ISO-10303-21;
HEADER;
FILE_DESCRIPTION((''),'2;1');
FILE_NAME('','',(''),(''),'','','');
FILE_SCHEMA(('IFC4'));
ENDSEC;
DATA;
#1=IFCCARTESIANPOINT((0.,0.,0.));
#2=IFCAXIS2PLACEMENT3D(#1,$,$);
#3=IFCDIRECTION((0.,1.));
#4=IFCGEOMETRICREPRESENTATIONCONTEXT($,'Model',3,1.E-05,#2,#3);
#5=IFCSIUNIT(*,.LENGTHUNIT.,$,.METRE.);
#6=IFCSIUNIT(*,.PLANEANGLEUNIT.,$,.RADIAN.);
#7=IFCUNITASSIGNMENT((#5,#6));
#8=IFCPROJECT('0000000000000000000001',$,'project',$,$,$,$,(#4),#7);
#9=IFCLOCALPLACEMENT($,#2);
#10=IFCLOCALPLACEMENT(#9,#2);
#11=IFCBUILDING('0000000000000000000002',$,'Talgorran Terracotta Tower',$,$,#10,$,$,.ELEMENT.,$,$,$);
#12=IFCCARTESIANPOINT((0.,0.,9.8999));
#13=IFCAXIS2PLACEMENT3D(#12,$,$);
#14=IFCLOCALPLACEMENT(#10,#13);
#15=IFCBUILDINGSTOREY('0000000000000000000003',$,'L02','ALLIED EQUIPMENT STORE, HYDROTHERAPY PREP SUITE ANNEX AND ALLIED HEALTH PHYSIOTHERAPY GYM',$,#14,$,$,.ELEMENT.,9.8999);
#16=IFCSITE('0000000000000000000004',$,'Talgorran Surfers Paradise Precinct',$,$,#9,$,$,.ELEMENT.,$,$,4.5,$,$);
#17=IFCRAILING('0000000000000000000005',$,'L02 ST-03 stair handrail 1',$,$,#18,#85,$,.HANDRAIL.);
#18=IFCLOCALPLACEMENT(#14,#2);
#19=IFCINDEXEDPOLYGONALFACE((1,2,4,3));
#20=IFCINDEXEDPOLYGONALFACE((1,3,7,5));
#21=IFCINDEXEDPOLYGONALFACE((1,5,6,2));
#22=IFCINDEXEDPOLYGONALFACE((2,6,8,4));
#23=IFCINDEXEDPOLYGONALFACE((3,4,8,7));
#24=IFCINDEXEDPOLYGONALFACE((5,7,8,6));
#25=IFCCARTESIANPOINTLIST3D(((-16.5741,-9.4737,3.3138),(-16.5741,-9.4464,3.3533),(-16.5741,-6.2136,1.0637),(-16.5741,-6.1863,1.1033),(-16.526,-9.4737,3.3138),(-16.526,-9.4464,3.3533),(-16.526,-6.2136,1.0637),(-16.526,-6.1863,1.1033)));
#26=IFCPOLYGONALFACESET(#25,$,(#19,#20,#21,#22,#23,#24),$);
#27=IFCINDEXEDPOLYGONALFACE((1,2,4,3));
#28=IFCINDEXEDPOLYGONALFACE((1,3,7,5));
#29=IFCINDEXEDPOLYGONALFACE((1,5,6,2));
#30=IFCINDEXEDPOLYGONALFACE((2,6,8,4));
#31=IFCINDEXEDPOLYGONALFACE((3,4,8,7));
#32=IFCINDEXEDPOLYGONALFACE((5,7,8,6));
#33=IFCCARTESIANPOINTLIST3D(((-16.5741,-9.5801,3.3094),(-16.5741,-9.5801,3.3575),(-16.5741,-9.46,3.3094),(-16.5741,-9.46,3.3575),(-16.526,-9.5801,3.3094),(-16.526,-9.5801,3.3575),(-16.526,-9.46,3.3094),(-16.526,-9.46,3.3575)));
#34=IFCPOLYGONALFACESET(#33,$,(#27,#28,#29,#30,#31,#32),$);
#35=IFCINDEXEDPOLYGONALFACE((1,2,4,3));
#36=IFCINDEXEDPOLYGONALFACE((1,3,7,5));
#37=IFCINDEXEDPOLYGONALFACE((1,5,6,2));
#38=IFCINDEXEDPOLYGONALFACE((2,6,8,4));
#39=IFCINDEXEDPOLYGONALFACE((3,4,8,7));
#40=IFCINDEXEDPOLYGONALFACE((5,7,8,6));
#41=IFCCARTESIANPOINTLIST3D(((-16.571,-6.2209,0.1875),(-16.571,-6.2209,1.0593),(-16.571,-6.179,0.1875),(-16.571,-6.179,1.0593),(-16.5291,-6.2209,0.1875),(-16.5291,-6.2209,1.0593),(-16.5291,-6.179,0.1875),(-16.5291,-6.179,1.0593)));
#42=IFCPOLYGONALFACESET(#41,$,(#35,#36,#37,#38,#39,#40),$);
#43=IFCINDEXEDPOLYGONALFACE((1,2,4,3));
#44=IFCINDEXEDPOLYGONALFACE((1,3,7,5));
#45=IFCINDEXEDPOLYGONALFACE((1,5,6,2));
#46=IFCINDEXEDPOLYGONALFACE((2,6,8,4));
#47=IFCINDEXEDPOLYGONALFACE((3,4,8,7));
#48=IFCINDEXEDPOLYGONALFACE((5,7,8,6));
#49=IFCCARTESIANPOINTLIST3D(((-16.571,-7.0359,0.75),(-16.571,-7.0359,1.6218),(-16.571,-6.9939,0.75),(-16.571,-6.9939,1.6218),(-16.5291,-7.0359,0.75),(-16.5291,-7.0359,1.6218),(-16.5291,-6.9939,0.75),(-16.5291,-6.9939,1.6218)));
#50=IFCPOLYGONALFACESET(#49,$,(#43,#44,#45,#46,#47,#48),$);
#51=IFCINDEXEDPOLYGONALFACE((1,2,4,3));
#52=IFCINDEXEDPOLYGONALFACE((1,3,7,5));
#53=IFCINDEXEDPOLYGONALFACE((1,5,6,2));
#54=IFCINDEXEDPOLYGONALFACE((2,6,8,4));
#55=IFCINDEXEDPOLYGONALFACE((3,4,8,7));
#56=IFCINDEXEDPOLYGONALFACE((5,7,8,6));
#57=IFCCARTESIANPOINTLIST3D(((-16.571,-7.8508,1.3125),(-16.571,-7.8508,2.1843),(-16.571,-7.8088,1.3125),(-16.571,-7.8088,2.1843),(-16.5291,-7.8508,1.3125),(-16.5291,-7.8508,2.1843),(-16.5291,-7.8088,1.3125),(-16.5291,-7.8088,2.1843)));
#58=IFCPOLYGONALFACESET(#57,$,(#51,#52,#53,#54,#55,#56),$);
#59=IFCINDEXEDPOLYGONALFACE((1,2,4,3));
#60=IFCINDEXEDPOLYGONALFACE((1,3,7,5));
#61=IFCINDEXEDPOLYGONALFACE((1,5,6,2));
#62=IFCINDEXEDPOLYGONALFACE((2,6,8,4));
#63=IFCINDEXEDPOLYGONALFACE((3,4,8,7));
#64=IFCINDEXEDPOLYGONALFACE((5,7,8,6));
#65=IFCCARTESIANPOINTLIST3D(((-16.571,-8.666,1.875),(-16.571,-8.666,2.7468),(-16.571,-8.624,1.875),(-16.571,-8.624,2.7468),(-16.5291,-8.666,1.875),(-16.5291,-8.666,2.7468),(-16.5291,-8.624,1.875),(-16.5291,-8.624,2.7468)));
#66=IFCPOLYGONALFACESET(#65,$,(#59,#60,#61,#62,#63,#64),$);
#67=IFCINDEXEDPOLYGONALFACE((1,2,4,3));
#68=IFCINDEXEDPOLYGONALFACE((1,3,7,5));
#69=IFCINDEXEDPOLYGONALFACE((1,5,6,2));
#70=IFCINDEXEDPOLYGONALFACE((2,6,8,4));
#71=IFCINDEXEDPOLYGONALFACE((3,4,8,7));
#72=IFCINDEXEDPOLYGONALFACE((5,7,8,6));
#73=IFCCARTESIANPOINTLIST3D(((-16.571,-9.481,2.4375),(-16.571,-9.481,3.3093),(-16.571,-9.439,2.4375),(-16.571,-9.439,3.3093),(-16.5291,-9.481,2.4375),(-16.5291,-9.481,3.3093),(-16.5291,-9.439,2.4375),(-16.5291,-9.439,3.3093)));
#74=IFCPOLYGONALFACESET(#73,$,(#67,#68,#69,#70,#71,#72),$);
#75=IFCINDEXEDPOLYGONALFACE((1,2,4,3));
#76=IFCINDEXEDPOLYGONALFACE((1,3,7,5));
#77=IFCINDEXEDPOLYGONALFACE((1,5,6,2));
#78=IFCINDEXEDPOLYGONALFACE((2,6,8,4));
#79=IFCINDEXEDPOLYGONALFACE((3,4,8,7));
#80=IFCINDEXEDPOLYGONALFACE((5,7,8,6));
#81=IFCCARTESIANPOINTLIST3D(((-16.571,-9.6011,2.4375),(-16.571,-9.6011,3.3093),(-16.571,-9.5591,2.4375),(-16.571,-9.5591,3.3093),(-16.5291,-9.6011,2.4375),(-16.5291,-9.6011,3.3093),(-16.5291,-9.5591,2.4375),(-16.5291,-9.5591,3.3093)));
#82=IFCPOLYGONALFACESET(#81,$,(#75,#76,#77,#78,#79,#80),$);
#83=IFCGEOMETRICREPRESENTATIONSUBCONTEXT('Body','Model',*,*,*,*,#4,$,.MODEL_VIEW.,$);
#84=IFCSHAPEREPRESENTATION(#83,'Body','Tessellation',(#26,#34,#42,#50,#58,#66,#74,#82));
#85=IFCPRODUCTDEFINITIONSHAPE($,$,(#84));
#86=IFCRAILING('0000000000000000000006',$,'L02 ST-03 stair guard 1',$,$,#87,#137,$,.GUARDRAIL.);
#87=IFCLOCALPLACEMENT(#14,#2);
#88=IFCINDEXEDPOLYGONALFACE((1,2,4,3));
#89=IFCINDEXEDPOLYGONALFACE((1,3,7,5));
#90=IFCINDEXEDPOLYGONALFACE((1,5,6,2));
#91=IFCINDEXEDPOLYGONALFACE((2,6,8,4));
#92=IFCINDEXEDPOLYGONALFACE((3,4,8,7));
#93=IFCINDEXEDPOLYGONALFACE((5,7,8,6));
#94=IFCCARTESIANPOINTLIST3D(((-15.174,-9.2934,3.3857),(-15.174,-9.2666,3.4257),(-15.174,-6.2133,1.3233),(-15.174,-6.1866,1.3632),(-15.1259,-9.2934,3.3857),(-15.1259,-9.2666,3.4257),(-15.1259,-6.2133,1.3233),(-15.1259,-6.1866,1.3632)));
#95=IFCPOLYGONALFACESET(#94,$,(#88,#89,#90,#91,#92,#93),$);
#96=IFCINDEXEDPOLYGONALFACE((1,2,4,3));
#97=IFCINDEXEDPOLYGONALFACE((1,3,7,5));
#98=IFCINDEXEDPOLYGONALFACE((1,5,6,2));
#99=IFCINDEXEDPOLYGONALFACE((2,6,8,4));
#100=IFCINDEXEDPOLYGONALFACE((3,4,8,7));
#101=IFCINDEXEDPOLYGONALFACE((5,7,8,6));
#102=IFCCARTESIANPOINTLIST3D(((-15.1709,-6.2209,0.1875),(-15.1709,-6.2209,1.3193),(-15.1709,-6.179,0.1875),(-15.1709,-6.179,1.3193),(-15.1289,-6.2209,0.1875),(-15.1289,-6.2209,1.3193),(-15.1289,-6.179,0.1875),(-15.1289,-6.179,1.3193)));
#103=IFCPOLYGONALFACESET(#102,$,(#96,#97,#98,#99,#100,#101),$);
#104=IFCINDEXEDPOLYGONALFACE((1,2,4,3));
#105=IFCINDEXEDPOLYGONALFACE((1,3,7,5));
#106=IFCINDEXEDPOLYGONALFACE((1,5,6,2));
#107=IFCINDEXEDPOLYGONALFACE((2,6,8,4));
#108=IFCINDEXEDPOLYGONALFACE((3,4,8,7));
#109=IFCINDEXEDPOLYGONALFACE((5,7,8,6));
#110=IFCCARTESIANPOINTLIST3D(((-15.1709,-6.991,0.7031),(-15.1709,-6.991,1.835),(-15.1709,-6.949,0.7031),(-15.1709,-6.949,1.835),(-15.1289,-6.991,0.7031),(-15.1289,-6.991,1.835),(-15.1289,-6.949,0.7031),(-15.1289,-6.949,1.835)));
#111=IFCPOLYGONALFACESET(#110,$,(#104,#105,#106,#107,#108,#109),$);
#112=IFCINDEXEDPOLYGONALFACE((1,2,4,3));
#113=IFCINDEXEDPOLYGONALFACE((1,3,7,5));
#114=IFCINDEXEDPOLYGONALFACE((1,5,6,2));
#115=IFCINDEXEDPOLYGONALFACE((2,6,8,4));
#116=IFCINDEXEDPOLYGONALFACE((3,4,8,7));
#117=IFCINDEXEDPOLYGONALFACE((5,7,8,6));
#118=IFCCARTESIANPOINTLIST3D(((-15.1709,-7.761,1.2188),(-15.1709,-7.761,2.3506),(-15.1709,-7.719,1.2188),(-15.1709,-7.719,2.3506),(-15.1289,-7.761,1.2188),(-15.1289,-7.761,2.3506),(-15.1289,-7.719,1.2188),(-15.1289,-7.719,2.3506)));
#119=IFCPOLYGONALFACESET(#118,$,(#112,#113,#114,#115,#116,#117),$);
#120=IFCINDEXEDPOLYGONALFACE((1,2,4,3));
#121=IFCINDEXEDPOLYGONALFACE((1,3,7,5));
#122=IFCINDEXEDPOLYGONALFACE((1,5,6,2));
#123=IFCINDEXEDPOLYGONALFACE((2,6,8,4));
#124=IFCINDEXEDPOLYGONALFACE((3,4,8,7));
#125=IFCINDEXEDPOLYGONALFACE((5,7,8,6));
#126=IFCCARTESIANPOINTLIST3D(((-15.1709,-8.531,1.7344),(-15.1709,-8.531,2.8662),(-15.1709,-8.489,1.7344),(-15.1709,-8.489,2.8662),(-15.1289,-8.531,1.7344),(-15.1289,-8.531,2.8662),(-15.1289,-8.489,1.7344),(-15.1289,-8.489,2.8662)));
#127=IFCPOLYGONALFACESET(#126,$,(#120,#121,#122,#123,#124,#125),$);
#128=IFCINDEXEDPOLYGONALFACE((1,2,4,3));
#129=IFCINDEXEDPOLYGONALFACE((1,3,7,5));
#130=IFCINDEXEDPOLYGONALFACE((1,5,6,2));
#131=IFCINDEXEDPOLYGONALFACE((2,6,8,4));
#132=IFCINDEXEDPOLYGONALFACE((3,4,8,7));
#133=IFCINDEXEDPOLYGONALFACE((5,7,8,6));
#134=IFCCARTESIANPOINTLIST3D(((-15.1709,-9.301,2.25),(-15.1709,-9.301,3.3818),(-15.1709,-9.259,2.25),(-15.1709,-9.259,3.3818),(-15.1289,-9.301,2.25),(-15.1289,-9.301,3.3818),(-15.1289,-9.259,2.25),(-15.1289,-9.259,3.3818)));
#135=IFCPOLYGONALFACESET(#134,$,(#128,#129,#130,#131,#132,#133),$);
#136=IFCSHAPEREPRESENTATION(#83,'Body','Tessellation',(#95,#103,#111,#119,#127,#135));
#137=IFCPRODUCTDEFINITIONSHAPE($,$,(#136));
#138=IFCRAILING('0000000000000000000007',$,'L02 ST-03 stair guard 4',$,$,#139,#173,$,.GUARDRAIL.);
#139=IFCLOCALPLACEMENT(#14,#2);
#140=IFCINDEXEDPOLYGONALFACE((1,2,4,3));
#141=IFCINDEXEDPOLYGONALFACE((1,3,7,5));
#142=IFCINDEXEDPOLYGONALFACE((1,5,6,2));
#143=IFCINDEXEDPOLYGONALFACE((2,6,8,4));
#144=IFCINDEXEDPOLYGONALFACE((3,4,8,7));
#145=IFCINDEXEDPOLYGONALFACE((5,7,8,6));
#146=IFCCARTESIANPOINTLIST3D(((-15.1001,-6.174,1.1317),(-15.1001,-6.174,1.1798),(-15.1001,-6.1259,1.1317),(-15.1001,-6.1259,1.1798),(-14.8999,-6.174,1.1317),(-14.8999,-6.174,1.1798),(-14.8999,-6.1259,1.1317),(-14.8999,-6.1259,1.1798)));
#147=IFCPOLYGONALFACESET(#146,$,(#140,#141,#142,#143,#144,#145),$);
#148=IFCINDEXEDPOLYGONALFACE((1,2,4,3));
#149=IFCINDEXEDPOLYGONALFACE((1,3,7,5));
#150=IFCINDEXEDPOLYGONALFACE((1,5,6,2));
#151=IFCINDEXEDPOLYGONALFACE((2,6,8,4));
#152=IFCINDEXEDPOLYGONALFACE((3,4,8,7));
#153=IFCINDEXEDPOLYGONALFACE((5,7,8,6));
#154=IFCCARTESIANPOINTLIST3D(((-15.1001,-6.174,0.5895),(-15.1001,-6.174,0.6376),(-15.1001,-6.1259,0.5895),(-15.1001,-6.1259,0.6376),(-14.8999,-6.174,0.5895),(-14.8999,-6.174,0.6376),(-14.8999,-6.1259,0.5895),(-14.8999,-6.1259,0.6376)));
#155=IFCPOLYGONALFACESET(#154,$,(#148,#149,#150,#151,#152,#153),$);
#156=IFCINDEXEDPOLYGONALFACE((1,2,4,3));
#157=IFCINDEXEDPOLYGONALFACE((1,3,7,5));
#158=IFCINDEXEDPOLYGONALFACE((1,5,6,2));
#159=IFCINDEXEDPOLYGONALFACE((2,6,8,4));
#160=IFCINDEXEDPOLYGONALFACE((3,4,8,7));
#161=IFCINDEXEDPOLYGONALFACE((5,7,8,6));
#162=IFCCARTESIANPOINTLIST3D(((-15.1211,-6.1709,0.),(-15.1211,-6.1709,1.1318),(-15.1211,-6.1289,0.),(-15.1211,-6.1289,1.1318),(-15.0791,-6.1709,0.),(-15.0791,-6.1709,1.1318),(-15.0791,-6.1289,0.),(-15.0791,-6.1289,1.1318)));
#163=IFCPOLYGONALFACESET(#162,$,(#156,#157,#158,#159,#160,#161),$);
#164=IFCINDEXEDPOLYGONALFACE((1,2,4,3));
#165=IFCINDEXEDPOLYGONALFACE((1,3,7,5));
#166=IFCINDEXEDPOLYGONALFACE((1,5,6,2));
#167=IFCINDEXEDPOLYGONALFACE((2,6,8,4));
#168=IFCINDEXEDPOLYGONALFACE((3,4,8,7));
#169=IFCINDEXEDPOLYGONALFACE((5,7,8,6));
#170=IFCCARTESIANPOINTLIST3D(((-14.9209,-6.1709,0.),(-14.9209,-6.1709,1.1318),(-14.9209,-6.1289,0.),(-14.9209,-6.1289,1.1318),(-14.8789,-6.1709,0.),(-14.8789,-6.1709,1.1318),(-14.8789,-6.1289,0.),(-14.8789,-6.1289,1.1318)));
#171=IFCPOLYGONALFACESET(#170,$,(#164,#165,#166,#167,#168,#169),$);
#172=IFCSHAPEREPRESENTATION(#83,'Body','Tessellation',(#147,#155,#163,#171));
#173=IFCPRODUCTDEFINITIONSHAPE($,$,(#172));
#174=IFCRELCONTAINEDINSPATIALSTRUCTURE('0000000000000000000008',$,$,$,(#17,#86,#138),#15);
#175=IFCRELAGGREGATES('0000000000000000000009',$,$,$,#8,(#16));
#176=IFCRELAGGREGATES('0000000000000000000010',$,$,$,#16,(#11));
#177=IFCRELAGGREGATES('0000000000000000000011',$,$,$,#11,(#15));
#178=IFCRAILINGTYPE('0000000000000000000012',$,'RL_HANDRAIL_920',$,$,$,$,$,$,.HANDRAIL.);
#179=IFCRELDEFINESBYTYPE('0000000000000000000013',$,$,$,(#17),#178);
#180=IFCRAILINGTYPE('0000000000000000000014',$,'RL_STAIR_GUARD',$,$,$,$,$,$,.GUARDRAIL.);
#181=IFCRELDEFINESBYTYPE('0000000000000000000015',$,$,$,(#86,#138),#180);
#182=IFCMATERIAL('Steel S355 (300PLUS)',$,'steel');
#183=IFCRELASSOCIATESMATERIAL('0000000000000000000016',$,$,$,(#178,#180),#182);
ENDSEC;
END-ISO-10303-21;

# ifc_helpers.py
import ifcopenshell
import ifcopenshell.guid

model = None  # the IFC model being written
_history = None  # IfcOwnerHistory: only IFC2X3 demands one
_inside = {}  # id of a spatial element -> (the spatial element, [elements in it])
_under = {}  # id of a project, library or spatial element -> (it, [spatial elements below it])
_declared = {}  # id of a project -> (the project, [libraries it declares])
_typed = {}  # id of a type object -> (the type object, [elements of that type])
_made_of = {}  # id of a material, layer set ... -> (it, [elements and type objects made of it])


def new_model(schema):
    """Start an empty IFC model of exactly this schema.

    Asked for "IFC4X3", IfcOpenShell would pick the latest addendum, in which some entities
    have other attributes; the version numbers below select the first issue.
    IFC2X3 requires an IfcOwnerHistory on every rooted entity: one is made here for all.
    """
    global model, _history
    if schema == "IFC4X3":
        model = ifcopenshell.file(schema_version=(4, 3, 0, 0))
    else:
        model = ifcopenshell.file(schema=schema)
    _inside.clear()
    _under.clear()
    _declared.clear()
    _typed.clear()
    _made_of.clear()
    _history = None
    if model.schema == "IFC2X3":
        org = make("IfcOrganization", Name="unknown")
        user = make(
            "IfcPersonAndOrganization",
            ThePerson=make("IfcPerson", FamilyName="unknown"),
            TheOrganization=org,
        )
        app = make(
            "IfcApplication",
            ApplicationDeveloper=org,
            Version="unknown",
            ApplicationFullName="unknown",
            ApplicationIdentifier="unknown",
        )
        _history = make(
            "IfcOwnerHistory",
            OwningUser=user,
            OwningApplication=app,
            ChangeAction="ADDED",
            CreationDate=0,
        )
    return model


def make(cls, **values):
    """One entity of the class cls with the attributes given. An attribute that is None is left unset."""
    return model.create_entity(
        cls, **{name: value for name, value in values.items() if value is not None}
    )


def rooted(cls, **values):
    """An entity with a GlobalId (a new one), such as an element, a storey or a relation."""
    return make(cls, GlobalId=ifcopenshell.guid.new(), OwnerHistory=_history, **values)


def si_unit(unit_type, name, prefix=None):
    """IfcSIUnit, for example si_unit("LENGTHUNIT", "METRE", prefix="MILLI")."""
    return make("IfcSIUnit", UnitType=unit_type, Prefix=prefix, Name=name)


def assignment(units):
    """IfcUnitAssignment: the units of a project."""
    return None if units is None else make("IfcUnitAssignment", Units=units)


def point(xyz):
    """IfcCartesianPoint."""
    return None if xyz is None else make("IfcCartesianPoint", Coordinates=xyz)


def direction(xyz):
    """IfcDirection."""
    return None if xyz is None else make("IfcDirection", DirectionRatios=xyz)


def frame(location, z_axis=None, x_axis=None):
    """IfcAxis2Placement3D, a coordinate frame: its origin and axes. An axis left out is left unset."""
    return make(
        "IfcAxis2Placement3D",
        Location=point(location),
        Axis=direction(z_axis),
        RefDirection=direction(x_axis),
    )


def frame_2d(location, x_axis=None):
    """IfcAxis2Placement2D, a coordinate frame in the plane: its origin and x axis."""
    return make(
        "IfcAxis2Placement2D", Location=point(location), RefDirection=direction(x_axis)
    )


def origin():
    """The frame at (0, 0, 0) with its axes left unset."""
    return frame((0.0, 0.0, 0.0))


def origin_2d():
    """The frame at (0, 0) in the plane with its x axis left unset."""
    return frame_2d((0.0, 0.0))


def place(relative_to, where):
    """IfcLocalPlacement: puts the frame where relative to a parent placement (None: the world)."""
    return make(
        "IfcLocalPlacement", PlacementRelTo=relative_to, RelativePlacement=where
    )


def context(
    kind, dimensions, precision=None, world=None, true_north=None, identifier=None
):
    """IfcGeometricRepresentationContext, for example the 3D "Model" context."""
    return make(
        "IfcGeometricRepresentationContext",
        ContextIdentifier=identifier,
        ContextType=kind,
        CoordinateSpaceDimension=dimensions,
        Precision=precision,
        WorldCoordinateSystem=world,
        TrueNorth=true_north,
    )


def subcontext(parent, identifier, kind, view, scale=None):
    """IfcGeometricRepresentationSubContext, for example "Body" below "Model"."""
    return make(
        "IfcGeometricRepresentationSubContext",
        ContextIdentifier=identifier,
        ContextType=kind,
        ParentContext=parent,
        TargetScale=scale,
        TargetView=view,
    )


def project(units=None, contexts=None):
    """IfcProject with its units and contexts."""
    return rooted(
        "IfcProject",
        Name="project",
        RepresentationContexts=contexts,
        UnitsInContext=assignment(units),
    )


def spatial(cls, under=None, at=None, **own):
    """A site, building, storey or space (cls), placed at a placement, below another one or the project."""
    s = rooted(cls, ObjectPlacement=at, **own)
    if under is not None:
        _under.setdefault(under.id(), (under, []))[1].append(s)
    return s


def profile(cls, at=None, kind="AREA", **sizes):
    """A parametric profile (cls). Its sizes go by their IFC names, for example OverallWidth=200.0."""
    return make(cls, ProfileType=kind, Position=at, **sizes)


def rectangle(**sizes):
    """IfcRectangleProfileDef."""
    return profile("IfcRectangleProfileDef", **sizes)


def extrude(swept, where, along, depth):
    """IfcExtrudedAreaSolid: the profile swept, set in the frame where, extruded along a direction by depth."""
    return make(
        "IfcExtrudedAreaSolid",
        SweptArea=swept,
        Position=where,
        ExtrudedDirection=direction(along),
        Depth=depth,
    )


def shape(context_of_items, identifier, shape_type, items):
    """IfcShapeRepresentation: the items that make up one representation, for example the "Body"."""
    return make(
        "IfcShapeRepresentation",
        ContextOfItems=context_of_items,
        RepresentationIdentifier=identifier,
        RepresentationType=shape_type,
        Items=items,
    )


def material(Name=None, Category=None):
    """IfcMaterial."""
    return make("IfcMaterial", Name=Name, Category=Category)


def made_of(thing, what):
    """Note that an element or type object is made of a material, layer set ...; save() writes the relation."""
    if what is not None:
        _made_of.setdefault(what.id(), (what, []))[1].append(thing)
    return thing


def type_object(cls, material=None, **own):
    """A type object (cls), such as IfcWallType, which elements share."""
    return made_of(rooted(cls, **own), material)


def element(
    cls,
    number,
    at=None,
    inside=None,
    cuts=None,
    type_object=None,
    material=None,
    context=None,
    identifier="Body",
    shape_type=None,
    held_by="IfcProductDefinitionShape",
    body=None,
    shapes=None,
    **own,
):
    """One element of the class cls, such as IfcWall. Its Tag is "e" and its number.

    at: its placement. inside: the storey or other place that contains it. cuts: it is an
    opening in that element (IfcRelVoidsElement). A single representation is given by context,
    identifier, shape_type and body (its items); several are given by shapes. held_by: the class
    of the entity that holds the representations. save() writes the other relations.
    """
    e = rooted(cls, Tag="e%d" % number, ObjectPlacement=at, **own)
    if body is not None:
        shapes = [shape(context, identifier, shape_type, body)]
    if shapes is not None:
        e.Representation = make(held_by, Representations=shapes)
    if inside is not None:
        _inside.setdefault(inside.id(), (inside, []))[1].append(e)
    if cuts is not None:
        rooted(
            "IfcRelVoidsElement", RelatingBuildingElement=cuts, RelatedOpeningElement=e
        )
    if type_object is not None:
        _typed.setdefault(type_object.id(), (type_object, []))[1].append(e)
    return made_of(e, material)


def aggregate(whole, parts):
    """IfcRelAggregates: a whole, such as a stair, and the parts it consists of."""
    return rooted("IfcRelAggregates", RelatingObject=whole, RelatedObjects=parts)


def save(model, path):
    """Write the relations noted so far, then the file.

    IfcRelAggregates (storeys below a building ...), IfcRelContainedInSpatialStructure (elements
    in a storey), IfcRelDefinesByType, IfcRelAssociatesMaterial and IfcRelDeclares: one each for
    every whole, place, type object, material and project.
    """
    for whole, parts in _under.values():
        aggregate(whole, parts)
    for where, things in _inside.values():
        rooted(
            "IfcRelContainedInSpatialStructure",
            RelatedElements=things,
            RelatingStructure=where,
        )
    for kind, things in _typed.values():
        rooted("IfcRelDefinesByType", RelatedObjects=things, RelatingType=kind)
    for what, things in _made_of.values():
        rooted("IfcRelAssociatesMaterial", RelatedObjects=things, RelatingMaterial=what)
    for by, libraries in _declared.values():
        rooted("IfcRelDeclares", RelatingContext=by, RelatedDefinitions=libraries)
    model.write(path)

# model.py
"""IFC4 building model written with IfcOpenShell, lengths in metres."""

from ifc_helpers import new_model, si_unit, direction, frame, origin, origin_2d, place, context, subcontext, project, spatial, rectangle, extrude, material, type_object, element, save


model = new_model("IFC4")

# Units and contexts
model_context = context("Model", 3, precision=1e-05, world=origin(), true_north=direction((0.0, 1.0)))
body_context = subcontext(model_context, "Body", "Model", "MODEL_VIEW")
ifc_project = project(units=[si_unit("LENGTHUNIT", "METRE"), si_unit("PLANEANGLEUNIT", "RADIAN")], contexts=[model_context])

# Site, building, storey
site_placement = place(None, origin())
site = spatial("IfcSite", under=ifc_project, at=site_placement, Name="Talgorran Surfers Paradise Precinct", CompositionType="ELEMENT", RefElevation=4.5)
building_placement = place(site_placement, origin())
building = spatial("IfcBuilding", under=site, at=building_placement, Name="Talgorran Terracotta Tower", CompositionType="ELEMENT")
storey_placement = place(building_placement, frame((0.0, 0.0, 9.8999)))
storey = spatial("IfcBuildingStorey", under=building, at=storey_placement, Name="L02", Description="ALLIED EQUIPMENT STORE, HYDROTHERAPY PREP SUITE ANNEX AND ALLIED HEALTH PHYSIOTHERAPY GYM", CompositionType="ELEMENT", Elevation=9.8999)

# Shared definitions
ifc_material_1 = material(Name="Steel S355 (300PLUS)", Category="steel")

# Railings
railing_type_1 = type_object("IfcRailingType", Name="RL_HANDRAIL_920", PredefinedType="HANDRAIL", material=ifc_material_1)
railing_1_placement = place(storey_placement, frame((-16.55, -6.2, 0.1875)))
element("IfcRailing", 1, at=railing_1_placement, inside=storey, type_object=railing_type_1, Name="L02 ST-03 stair handrail 1", PredefinedType="HANDRAIL", context=body_context, shape_type="SweptSolid", body=[
    extrude(rectangle(XDim=0.0481, YDim=0.0481, at=origin_2d()), frame((0.0, 0.0, 0.896), z_axis=(0.0, -0.82301, 0.568027), x_axis=(1.0, 0.0, 0.0)), (0.0, 0.0, 1.0), 3.9612),
    extrude(rectangle(XDim=0.0481, YDim=0.0481, at=origin_2d()), frame((0.0, -3.26, 3.146), z_axis=(0.0, -1.0, 0.0), x_axis=(1.0, 0.0, 0.0)), (0.0, 0.0, 1.0), 0.1201),
    extrude(rectangle(XDim=0.042, YDim=0.042, at=origin_2d()), origin(), (0.0, 0.0, 1.0), 0.8718),
    extrude(rectangle(XDim=0.042, YDim=0.042, at=origin_2d()), frame((0.0, -0.8149, 0.5625)), (0.0, 0.0, 1.0), 0.8718),
    extrude(rectangle(XDim=0.042, YDim=0.042, at=origin_2d()), frame((0.0, -1.6299, 1.125)), (0.0, 0.0, 1.0), 0.8718),
    extrude(rectangle(XDim=0.042, YDim=0.042, at=origin_2d()), frame((0.0, -2.4451, 1.6875)), (0.0, 0.0, 1.0), 0.8718),
    extrude(rectangle(XDim=0.042, YDim=0.042, at=origin_2d()), frame((0.0, -3.26, 2.25)), (0.0, 0.0, 1.0), 0.8718),
    extrude(rectangle(XDim=0.042, YDim=0.042, at=origin_2d()), frame((0.0, -3.3801, 2.25)), (0.0, 0.0, 1.0), 0.8718),
])
railing_type_2 = type_object("IfcRailingType", Name="RL_STAIR_GUARD", PredefinedType="GUARDRAIL", material=ifc_material_1)
railing_2_placement = place(storey_placement, frame((-15.1499, -6.2, 0.1875)))
element("IfcRailing", 2, at=railing_2_placement, inside=storey, type_object=railing_type_2, Name="L02 ST-03 stair guard 1", PredefinedType="GUARDRAIL", context=body_context, shape_type="SweptSolid", body=[
    extrude(rectangle(XDim=0.0481, YDim=0.0481, at=origin_2d()), frame((0.0, 0.0, 1.1558), z_axis=(0.0, -0.830914, 0.556401), x_axis=(1.0, 0.0, 0.0)), (0.0, 0.0, 1.0), 3.7068),
    extrude(rectangle(XDim=0.042, YDim=0.042, at=origin_2d()), origin(), (0.0, 0.0, 1.0), 1.1318),
    extrude(rectangle(XDim=0.042, YDim=0.042, at=origin_2d()), frame((0.0, -0.77, 0.5156)), (0.0, 0.0, 1.0), 1.1318),
    extrude(rectangle(XDim=0.042, YDim=0.042, at=origin_2d()), frame((0.0, -1.54, 1.0312)), (0.0, 0.0, 1.0), 1.1318),
    extrude(rectangle(XDim=0.042, YDim=0.042, at=origin_2d()), frame((0.0, -2.3101, 1.5469)), (0.0, 0.0, 1.0), 1.1318),
    extrude(rectangle(XDim=0.042, YDim=0.042, at=origin_2d()), frame((0.0, -3.0801, 2.0625)), (0.0, 0.0, 1.0), 1.1318),
])
railing_3_placement = place(storey_placement, frame((-15.1001, -6.1499, 0.0)))
element("IfcRailing", 3, at=railing_3_placement, inside=storey, type_object=railing_type_2, Name="L02 ST-03 stair guard 4", PredefinedType="GUARDRAIL", context=body_context, shape_type="SweptSolid", body=[
    extrude(rectangle(XDim=0.0481, YDim=0.0481, at=origin_2d()), frame((0.0, 0.0, 1.1558), z_axis=(1.0, 0.0, 0.0), x_axis=(0.0, 1.0, 0.0)), (0.0, 0.0, 1.0), 0.2002),
    extrude(rectangle(XDim=0.0481, YDim=0.0481, at=origin_2d()), frame((0.0, 0.0, 0.6135), z_axis=(1.0, 0.0, 0.0), x_axis=(0.0, 1.0, 0.0)), (0.0, 0.0, 1.0), 0.2002),
    extrude(rectangle(XDim=0.042, YDim=0.042, at=origin_2d()), origin(), (0.0, 0.0, 1.0), 1.1318),
    extrude(rectangle(XDim=0.042, YDim=0.042, at=origin_2d()), frame((0.2002, 0.0, 0.0)), (0.0, 0.0, 1.0), 1.1318),
])

save(model, "model.ifc")
